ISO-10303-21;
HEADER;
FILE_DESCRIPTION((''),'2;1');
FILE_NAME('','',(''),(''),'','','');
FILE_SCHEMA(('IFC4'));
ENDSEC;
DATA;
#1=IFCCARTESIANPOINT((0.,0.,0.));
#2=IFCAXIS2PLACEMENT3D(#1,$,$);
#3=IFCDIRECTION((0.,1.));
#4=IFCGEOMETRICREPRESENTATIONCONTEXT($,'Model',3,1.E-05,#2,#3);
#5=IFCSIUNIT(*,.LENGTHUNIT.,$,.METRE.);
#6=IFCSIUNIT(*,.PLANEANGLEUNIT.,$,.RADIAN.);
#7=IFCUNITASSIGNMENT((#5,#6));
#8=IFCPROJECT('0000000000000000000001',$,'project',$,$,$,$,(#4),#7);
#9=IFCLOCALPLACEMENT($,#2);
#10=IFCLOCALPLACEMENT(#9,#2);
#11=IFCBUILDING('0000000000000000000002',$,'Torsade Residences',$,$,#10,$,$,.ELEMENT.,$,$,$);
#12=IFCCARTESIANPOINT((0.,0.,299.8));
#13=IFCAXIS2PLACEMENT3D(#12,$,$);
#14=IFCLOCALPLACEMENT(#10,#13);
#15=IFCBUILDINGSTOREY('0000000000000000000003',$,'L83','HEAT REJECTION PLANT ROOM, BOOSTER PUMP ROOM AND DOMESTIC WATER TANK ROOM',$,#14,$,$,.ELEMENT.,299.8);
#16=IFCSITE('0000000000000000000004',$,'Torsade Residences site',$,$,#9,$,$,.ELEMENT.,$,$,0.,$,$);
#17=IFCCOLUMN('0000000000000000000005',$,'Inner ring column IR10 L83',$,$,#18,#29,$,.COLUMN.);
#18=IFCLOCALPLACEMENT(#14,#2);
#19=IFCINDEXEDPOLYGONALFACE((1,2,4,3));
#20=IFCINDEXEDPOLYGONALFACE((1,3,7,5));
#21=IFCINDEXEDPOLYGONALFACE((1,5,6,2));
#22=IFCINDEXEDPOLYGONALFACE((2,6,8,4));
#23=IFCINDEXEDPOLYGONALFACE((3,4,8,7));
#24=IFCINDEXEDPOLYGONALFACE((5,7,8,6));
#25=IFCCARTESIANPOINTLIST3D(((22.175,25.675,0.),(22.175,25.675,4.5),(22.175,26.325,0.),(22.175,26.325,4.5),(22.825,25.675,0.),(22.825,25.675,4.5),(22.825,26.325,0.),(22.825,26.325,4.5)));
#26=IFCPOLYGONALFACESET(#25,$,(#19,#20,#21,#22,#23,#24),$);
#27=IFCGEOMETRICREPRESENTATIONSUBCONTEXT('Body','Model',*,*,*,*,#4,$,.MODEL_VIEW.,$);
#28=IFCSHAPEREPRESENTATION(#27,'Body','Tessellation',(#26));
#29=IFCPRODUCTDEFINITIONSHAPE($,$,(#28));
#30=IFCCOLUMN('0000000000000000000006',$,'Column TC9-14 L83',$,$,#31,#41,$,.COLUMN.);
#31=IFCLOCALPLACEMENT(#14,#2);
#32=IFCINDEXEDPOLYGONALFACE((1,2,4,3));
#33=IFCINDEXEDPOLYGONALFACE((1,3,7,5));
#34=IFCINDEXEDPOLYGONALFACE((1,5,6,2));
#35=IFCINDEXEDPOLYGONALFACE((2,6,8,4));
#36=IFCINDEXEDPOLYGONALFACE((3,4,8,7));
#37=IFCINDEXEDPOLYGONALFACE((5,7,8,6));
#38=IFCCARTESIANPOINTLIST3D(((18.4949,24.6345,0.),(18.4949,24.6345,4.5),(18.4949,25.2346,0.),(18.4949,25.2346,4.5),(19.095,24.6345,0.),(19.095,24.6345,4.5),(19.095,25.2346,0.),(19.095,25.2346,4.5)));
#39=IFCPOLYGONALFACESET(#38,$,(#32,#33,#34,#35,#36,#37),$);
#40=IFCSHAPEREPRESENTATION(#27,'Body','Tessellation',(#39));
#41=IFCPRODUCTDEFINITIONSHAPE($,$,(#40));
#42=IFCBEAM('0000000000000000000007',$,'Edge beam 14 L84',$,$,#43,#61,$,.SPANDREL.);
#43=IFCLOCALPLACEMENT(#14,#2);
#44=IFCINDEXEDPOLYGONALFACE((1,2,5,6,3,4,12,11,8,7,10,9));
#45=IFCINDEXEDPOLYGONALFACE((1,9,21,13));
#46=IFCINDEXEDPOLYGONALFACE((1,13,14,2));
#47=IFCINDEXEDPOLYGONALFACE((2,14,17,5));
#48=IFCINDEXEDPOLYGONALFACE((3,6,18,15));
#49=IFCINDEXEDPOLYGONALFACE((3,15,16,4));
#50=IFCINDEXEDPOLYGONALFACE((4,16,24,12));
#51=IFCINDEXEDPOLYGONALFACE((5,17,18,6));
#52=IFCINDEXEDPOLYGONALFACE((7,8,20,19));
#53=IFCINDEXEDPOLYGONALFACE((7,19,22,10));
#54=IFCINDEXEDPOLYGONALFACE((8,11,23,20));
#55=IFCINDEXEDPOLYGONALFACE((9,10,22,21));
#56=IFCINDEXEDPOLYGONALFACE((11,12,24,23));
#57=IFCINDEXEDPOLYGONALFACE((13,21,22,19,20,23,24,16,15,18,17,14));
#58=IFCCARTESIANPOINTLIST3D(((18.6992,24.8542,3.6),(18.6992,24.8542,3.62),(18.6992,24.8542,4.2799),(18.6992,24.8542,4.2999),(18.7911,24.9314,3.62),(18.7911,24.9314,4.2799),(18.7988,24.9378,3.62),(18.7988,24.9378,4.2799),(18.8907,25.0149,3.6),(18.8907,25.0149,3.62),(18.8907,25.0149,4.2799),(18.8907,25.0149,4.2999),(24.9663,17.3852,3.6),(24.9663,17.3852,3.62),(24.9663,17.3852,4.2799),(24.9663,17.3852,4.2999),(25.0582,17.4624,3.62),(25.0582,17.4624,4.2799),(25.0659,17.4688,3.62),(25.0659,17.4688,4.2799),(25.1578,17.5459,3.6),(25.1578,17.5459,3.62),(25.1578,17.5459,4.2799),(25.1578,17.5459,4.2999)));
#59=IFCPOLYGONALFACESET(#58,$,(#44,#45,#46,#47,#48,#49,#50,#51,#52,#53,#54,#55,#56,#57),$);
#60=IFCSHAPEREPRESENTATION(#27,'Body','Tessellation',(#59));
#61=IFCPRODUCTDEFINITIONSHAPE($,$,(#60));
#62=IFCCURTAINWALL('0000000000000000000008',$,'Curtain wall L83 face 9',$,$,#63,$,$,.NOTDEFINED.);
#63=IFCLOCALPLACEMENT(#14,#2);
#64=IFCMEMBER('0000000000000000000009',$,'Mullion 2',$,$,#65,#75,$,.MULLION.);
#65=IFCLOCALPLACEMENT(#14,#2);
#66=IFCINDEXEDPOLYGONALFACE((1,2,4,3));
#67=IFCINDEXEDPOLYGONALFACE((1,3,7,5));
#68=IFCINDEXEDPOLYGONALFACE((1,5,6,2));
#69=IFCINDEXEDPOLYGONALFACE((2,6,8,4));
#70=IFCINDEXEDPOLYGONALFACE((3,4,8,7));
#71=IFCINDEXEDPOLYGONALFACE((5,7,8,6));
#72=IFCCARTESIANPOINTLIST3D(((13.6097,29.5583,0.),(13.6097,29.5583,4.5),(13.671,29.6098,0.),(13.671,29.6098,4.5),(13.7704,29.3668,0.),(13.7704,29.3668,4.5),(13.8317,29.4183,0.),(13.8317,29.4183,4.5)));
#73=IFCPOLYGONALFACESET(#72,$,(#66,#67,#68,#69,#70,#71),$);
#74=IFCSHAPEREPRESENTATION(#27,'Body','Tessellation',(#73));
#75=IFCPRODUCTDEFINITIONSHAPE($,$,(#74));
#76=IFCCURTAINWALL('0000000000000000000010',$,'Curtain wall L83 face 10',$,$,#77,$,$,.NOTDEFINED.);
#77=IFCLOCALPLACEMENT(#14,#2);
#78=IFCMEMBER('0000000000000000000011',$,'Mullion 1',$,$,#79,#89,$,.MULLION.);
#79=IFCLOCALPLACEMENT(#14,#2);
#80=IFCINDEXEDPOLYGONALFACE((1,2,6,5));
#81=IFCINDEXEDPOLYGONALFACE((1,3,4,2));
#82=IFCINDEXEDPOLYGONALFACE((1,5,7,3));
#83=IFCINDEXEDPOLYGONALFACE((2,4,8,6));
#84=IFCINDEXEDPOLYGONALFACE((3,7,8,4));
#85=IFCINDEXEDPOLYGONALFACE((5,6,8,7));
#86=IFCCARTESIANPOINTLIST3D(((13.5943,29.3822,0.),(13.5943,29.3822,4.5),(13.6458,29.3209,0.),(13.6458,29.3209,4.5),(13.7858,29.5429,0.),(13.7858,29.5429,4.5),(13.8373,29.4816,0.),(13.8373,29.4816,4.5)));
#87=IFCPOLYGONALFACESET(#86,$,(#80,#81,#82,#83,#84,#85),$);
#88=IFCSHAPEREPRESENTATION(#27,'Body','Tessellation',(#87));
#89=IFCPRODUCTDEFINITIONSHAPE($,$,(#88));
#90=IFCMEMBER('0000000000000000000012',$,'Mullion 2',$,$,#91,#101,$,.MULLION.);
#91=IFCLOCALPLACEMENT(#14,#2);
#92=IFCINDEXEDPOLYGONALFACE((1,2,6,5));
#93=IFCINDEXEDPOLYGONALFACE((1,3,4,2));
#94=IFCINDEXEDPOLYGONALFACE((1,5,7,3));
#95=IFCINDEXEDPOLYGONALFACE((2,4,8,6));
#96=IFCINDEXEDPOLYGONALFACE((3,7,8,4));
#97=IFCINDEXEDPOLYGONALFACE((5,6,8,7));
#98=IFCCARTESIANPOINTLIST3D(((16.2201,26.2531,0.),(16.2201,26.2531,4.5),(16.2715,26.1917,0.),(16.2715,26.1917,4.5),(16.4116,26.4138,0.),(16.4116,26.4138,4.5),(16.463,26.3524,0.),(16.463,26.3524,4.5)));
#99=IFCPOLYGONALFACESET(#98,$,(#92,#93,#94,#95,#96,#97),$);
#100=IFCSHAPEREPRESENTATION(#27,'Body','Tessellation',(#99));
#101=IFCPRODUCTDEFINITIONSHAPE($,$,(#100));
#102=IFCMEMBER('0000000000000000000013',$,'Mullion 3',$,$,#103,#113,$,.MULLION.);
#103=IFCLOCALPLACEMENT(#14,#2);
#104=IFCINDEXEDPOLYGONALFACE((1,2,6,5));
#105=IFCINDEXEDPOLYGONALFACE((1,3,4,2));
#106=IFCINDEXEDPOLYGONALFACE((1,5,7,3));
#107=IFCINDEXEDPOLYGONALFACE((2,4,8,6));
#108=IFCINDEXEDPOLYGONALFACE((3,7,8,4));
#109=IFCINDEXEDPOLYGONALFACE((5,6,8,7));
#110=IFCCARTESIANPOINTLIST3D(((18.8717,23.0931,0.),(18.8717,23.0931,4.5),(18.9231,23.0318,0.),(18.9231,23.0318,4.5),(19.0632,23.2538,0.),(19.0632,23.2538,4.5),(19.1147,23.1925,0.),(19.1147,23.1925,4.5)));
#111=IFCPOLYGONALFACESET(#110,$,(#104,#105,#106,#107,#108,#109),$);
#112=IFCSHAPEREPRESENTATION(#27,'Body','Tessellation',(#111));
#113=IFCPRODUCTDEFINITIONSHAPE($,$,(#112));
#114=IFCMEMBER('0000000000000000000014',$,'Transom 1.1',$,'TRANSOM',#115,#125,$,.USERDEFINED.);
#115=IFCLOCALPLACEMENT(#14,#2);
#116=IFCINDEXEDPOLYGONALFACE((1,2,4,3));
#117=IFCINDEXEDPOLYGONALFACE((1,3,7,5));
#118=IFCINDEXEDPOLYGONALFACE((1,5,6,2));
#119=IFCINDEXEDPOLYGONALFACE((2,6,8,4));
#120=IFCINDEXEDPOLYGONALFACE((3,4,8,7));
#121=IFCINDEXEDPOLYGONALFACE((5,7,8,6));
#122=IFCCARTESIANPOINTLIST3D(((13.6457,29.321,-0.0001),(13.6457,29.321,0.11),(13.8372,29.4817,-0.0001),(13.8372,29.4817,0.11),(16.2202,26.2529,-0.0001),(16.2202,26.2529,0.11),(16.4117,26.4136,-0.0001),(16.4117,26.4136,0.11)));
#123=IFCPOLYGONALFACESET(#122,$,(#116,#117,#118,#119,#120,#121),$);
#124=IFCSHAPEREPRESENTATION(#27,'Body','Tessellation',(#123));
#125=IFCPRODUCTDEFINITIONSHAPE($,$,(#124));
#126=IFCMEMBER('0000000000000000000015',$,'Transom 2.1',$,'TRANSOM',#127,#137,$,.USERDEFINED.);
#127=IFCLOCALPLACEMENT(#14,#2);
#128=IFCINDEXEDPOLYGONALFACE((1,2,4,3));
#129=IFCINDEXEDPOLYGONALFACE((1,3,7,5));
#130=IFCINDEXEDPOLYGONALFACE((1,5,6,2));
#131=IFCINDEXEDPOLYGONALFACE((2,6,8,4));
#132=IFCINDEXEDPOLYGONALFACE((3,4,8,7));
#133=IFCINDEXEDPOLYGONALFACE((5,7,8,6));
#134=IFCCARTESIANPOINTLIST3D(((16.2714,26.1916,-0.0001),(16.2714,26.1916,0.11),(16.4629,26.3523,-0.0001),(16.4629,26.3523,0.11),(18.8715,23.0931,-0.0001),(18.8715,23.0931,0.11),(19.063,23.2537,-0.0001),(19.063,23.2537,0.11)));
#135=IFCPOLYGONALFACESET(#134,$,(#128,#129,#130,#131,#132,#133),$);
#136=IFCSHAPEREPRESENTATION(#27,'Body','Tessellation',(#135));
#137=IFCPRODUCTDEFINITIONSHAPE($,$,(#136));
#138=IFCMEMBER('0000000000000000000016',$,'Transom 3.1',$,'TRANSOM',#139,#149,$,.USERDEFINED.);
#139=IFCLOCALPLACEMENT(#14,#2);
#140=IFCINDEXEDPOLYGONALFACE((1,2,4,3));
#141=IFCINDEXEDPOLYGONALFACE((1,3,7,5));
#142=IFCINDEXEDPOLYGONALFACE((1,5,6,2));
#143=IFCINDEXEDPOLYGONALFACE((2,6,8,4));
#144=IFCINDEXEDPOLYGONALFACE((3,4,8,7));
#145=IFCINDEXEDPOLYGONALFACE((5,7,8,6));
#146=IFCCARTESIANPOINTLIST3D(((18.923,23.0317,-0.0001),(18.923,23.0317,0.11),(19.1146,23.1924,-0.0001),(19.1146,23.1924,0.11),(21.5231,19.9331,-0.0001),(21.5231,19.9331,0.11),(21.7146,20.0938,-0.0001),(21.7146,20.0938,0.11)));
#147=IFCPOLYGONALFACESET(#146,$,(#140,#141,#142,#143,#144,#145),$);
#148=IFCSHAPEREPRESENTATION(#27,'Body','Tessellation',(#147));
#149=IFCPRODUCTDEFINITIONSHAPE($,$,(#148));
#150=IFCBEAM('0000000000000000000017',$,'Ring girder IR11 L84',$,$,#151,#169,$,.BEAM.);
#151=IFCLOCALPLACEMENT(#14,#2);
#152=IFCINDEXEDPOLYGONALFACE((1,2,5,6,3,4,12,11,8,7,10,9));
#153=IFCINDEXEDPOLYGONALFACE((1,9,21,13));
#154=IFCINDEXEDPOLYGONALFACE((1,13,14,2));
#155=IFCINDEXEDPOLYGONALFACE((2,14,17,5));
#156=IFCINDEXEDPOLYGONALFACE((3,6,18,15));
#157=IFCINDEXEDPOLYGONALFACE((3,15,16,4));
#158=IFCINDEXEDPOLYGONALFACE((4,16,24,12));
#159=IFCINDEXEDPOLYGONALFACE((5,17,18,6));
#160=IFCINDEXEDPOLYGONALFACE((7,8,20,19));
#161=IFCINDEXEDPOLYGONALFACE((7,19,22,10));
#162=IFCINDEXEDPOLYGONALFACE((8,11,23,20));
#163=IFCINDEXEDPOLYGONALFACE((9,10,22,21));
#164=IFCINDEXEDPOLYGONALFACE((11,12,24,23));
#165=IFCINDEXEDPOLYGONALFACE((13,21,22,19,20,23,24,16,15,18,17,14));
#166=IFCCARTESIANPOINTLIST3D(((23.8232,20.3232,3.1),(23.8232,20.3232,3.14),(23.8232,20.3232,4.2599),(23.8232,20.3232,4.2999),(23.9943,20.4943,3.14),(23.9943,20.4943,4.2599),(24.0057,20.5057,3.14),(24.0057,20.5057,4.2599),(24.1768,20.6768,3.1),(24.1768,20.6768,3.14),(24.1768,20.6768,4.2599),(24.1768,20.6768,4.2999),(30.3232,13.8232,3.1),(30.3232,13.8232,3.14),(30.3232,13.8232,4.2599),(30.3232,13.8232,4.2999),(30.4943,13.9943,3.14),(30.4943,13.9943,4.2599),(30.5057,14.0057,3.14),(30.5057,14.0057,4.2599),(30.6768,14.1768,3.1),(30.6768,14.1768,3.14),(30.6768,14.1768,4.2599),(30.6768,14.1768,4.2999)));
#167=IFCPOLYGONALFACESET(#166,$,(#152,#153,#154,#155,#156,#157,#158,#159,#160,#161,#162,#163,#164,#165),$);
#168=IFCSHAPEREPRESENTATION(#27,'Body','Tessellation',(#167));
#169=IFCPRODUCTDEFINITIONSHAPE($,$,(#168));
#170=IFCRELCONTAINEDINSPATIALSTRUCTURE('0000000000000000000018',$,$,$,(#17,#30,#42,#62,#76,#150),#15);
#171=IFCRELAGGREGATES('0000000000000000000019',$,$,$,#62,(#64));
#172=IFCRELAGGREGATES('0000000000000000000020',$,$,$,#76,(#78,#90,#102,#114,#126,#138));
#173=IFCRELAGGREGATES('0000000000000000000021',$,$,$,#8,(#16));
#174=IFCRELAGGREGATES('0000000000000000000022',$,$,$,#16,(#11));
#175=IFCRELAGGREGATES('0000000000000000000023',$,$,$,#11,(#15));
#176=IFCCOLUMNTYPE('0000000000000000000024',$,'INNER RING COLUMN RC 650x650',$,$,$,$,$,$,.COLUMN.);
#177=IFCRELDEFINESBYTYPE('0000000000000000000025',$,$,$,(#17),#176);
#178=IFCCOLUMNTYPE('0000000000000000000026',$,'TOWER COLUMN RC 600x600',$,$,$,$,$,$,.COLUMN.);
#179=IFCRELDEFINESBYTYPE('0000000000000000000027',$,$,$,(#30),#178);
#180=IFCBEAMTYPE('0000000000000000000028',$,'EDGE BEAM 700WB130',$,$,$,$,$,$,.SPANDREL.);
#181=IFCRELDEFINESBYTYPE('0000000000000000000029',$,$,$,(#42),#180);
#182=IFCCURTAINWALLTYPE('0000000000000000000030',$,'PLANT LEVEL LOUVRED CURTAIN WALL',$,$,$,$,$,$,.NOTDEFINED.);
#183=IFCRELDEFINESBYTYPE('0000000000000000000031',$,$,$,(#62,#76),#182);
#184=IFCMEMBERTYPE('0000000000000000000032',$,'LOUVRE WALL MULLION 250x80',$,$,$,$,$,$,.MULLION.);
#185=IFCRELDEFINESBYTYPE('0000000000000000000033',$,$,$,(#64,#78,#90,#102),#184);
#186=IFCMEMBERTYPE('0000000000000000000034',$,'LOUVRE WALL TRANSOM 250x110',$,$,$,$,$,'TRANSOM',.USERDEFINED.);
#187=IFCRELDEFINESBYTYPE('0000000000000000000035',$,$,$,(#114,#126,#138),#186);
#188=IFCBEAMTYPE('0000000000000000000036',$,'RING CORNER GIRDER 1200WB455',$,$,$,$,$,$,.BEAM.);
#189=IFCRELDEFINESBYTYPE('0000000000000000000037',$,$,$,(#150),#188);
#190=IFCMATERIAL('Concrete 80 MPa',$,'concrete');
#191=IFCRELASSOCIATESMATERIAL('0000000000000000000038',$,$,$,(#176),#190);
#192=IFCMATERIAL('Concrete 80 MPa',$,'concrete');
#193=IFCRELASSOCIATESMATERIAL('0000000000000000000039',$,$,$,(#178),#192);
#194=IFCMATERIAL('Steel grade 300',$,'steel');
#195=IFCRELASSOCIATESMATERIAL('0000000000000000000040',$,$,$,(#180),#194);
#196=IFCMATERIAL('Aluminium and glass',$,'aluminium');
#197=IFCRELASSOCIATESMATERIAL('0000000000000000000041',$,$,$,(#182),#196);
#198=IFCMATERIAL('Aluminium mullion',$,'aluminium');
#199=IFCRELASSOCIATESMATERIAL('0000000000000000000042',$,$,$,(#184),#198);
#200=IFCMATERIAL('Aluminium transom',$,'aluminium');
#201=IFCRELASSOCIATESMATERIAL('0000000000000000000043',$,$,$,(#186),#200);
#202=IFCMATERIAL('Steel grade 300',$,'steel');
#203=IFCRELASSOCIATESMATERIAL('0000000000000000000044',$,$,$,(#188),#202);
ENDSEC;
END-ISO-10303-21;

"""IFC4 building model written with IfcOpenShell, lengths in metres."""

from ifc_helpers import new_model, si_unit, direction, frame, origin, origin_2d, place, context, subcontext, project, spatial, rectangle, i_section, extrude, material, material_profile, profile_set, type_object, element, aggregate, save


model = new_model("IFC4")

# Units and contexts
model_context = context("Model", 3, precision=1e-05, world=origin(), true_north=direction((0.0, 1.0)))
body_context = subcontext(model_context, "Body", "Model", "MODEL_VIEW")
ifc_project = project(units=[si_unit("LENGTHUNIT", "METRE"), si_unit("PLANEANGLEUNIT", "RADIAN")], contexts=[model_context])

# Site, building, storey
site_placement = place(None, origin())
site = spatial("IfcSite", under=ifc_project, at=site_placement, Name="Torsade Residences site", CompositionType="ELEMENT", RefElevation=0.0)
building_placement = place(site_placement, origin())
building = spatial("IfcBuilding", under=site, at=building_placement, Name="Torsade Residences", CompositionType="ELEMENT")
storey_placement = place(building_placement, frame((0.0, 0.0, 299.8)))
storey = spatial("IfcBuildingStorey", under=building, at=storey_placement, Name="L83", Description="HEAT REJECTION PLANT ROOM, BOOSTER PUMP ROOM AND DOMESTIC WATER TANK ROOM", CompositionType="ELEMENT", Elevation=299.8)

# Columns
ifc_material_1 = material(Name="Concrete 80 MPa", Category="concrete")
ifc_material_profile_1 = material_profile(ifc_material_1, rectangle(XDim=0.6499, YDim=0.6499, at=origin_2d()), Name="RC 650x650")
ifc_profile_set_1 = profile_set([ifc_material_profile_1], Name="Concrete 80 MPa")
column_type_1 = type_object("IfcColumnType", Name="INNER RING COLUMN RC 650x650", PredefinedType="COLUMN", material=ifc_profile_set_1)
column_1_placement = place(storey_placement, frame((22.5, 26.0, 0.0), z_axis=(0.0, 0.0, 1.0), x_axis=(1.0, 0.0, 0.0)))
element("IfcColumn", 1, at=column_1_placement, inside=storey, type_object=column_type_1, Name="Inner ring column IR10 L83", PredefinedType="COLUMN", context=body_context, shape_type="SweptSolid", body=[
    extrude(rectangle(XDim=0.6499, YDim=0.6499, at=origin_2d()), origin(), (0.0, 0.0, 1.0), 4.5),
])
ifc_material_2 = material(Name="Concrete 80 MPa", Category="concrete")
ifc_material_profile_2 = material_profile(ifc_material_2, rectangle(XDim=0.6001, YDim=0.6001, at=origin_2d()), Name="RC 600x600")
ifc_profile_set_2 = profile_set([ifc_material_profile_2], Name="Concrete 80 MPa")
column_type_2 = type_object("IfcColumnType", Name="TOWER COLUMN RC 600x600", PredefinedType="COLUMN", material=ifc_profile_set_2)
column_2_placement = place(storey_placement, frame((18.7949, 24.9346, 0.0), z_axis=(0.0, 0.0, 1.0), x_axis=(1.0, 0.0, 0.0)))
element("IfcColumn", 2, at=column_2_placement, inside=storey, type_object=column_type_2, Name="Column TC9-14 L83", PredefinedType="COLUMN", context=body_context, shape_type="SweptSolid", body=[
    extrude(rectangle(XDim=0.6001, YDim=0.6001, at=origin_2d()), origin(), (0.0, 0.0, 1.0), 4.5),
])

# Beam
ifc_material_3 = material(Name="Steel grade 300", Category="steel")
ifc_material_profile_3 = material_profile(ifc_material_3, i_section(OverallWidth=0.25, OverallDepth=0.7, WebThickness=0.01, FlangeThickness=0.02, at=origin_2d()), Name="700WB130")
ifc_profile_set_3 = profile_set([ifc_material_profile_3], Name="Steel grade 300")
beam_type_1 = type_object("IfcBeamType", Name="EDGE BEAM 700WB130", PredefinedType="SPANDREL", material=ifc_profile_set_3)
beam_1_placement = place(storey_placement, frame((18.7949, 24.9346, 3.95), z_axis=(0.642779, -0.766052, 0.0), x_axis=(0.766052, 0.642779, 0.0)))
element("IfcBeam", 3, at=beam_1_placement, inside=storey, type_object=beam_type_1, Name="Edge beam 14 L84", PredefinedType="SPANDREL", context=body_context, shape_type="SweptSolid", body=[
    extrude(i_section(OverallWidth=0.25, OverallDepth=0.7, WebThickness=0.01, FlangeThickness=0.02, at=origin_2d()), origin(), (0.0, 0.0, 1.0), 9.75),
])

# Curtain wall, member
ifc_material_4 = material(Name="Aluminium and glass", Category="aluminium")
curtain_wall_type = type_object("IfcCurtainWallType", Name="PLANT LEVEL LOUVRED CURTAIN WALL", PredefinedType="NOTDEFINED", material=ifc_material_4)
curtain_wall_1_placement = place(storey_placement, origin())
curtain_wall_1 = element("IfcCurtainWall", 4, at=curtain_wall_1_placement, inside=storey, type_object=curtain_wall_type, Name="Curtain wall L83 face 9", PredefinedType="NOTDEFINED")
ifc_material_5 = material(Name="Aluminium mullion", Category="aluminium")
ifc_material_profile_4 = material_profile(ifc_material_5, rectangle(XDim=0.25, YDim=0.0801, at=origin_2d()), Name="LOUVRE WALL MULLION 250x80")
ifc_profile_set_4 = profile_set([ifc_material_profile_4], Name="Aluminium mullion")
member_type_1 = type_object("IfcMemberType", Name="LOUVRE WALL MULLION 250x80", PredefinedType="MULLION", material=ifc_profile_set_4)
member_1_placement = place(storey_placement, frame((13.7207, 29.4883, 0.0), z_axis=(0.0, 0.0, 1.0), x_axis=(0.642788, -0.766044, 0.0)))
member_1 = element("IfcMember", 5, at=member_1_placement, type_object=member_type_1, Name="Mullion 2", PredefinedType="MULLION", context=body_context, shape_type="SweptSolid", body=[
    extrude(rectangle(XDim=0.25, YDim=0.0801, at=origin_2d()), origin(), (0.0, 0.0, 1.0), 4.5),
])
aggregate(curtain_wall_1, [member_1])

# Curtain wall, members
curtain_wall_2_placement = place(storey_placement, origin())
curtain_wall_2 = element("IfcCurtainWall", 6, at=curtain_wall_2_placement, inside=storey, type_object=curtain_wall_type, Name="Curtain wall L83 face 10", PredefinedType="NOTDEFINED")
member_2_placement = place(storey_placement, frame((13.7158, 29.4319, 0.0), z_axis=(0.0, 0.0, 1.0), x_axis=(0.766044, 0.642788, 0.0)))
member_2 = element("IfcMember", 7, at=member_2_placement, type_object=member_type_1, Name="Mullion 1", PredefinedType="MULLION", context=body_context, shape_type="SweptSolid", body=[
    extrude(rectangle(XDim=0.25, YDim=0.0801, at=origin_2d()), origin(), (0.0, 0.0, 1.0), 4.5),
])
member_3_placement = place(storey_placement, frame((16.3416, 26.3027, 0.0), z_axis=(0.0, 0.0, 1.0), x_axis=(0.766044, 0.642788, 0.0)))
member_3 = element("IfcMember", 8, at=member_3_placement, type_object=member_type_1, Name="Mullion 2", PredefinedType="MULLION", context=body_context, shape_type="SweptSolid", body=[
    extrude(rectangle(XDim=0.25, YDim=0.0801, at=origin_2d()), origin(), (0.0, 0.0, 1.0), 4.5),
])
member_4_placement = place(storey_placement, frame((18.9932, 23.1428, 0.0), z_axis=(0.0, 0.0, 1.0), x_axis=(0.766044, 0.642788, 0.0)))
member_4 = element("IfcMember", 9, at=member_4_placement, type_object=member_type_1, Name="Mullion 3", PredefinedType="MULLION", context=body_context, shape_type="SweptSolid", body=[
    extrude(rectangle(XDim=0.25, YDim=0.0801, at=origin_2d()), origin(), (0.0, 0.0, 1.0), 4.5),
])
ifc_material_6 = material(Name="Aluminium transom", Category="aluminium")
ifc_material_profile_5 = material_profile(ifc_material_6, rectangle(XDim=0.25, YDim=0.1101, at=origin_2d()), Name="LOUVRE WALL TRANSOM 250x110")
ifc_profile_set_5 = profile_set([ifc_material_profile_5], Name="Aluminium transom")
member_type_2 = type_object("IfcMemberType", Name="LOUVRE WALL TRANSOM 250x110", ElementType="TRANSOM", PredefinedType="USERDEFINED", material=ifc_profile_set_5)
member_5_placement = place(storey_placement, frame((13.7415, 29.4014, 0.0549), z_axis=(0.642789, -0.766043, 0.0), x_axis=(0.766043, 0.642789, 0.0)))
member_5 = element("IfcMember", 10, at=member_5_placement, type_object=member_type_2, Name="Transom 1.1", ObjectType="TRANSOM", PredefinedType="USERDEFINED", context=body_context, shape_type="SweptSolid", body=[
    extrude(rectangle(XDim=0.25, YDim=0.1101, at=origin_2d()), origin(), (0.0, 0.0, 1.0), 4.0051),
])
member_6_placement = place(storey_placement, frame((16.3672, 26.272, 0.0549), z_axis=(0.642793, -0.76604, 0.0), x_axis=(0.76604, 0.642793, 0.0)))
member_6 = element("IfcMember", 11, at=member_6_placement, type_object=member_type_2, Name="Transom 2.1", ObjectType="TRANSOM", PredefinedType="USERDEFINED", context=body_context, shape_type="SweptSolid", body=[
    extrude(rectangle(XDim=0.25, YDim=0.1101, at=origin_2d()), origin(), (0.0, 0.0, 1.0), 4.0449),
])
member_7_placement = place(storey_placement, frame((19.0188, 23.1121, 0.0549), z_axis=(0.642793, -0.76604, 0.0), x_axis=(0.76604, 0.642793, 0.0)))
member_7 = element("IfcMember", 12, at=member_7_placement, type_object=member_type_2, Name="Transom 3.1", ObjectType="TRANSOM", PredefinedType="USERDEFINED", context=body_context, shape_type="SweptSolid", body=[
    extrude(rectangle(XDim=0.25, YDim=0.1101, at=origin_2d()), origin(), (0.0, 0.0, 1.0), 4.0449),
])

# Beam
ifc_material_7 = material(Name="Steel grade 300", Category="steel")
ifc_material_profile_6 = material_profile(ifc_material_7, i_section(OverallWidth=0.5, OverallDepth=1.2, WebThickness=0.0161, FlangeThickness=0.04, at=origin_2d()), Name="1200WB455")
ifc_profile_set_6 = profile_set([ifc_material_profile_6], Name="Steel grade 300")
beam_type_2 = type_object("IfcBeamType", Name="RING CORNER GIRDER 1200WB455", PredefinedType="BEAM", material=ifc_profile_set_6)
beam_2_placement = place(storey_placement, frame((24.0, 20.5, 3.7), z_axis=(0.707107, -0.707107, 0.0), x_axis=(0.707107, 0.707107, 0.0)))
element("IfcBeam", 13, at=beam_2_placement, inside=storey, type_object=beam_type_2, Name="Ring girder IR11 L84", PredefinedType="BEAM", context=body_context, shape_type="SweptSolid", body=[
    extrude(i_section(OverallWidth=0.5, OverallDepth=1.2, WebThickness=0.0161, FlangeThickness=0.04, at=origin_2d()), origin(), (0.0, 0.0, 1.0), 9.1924),
])

aggregate(curtain_wall_2, [member_2, member_3, member_4, member_5, member_6, member_7])

save(model, "model.ifc")
